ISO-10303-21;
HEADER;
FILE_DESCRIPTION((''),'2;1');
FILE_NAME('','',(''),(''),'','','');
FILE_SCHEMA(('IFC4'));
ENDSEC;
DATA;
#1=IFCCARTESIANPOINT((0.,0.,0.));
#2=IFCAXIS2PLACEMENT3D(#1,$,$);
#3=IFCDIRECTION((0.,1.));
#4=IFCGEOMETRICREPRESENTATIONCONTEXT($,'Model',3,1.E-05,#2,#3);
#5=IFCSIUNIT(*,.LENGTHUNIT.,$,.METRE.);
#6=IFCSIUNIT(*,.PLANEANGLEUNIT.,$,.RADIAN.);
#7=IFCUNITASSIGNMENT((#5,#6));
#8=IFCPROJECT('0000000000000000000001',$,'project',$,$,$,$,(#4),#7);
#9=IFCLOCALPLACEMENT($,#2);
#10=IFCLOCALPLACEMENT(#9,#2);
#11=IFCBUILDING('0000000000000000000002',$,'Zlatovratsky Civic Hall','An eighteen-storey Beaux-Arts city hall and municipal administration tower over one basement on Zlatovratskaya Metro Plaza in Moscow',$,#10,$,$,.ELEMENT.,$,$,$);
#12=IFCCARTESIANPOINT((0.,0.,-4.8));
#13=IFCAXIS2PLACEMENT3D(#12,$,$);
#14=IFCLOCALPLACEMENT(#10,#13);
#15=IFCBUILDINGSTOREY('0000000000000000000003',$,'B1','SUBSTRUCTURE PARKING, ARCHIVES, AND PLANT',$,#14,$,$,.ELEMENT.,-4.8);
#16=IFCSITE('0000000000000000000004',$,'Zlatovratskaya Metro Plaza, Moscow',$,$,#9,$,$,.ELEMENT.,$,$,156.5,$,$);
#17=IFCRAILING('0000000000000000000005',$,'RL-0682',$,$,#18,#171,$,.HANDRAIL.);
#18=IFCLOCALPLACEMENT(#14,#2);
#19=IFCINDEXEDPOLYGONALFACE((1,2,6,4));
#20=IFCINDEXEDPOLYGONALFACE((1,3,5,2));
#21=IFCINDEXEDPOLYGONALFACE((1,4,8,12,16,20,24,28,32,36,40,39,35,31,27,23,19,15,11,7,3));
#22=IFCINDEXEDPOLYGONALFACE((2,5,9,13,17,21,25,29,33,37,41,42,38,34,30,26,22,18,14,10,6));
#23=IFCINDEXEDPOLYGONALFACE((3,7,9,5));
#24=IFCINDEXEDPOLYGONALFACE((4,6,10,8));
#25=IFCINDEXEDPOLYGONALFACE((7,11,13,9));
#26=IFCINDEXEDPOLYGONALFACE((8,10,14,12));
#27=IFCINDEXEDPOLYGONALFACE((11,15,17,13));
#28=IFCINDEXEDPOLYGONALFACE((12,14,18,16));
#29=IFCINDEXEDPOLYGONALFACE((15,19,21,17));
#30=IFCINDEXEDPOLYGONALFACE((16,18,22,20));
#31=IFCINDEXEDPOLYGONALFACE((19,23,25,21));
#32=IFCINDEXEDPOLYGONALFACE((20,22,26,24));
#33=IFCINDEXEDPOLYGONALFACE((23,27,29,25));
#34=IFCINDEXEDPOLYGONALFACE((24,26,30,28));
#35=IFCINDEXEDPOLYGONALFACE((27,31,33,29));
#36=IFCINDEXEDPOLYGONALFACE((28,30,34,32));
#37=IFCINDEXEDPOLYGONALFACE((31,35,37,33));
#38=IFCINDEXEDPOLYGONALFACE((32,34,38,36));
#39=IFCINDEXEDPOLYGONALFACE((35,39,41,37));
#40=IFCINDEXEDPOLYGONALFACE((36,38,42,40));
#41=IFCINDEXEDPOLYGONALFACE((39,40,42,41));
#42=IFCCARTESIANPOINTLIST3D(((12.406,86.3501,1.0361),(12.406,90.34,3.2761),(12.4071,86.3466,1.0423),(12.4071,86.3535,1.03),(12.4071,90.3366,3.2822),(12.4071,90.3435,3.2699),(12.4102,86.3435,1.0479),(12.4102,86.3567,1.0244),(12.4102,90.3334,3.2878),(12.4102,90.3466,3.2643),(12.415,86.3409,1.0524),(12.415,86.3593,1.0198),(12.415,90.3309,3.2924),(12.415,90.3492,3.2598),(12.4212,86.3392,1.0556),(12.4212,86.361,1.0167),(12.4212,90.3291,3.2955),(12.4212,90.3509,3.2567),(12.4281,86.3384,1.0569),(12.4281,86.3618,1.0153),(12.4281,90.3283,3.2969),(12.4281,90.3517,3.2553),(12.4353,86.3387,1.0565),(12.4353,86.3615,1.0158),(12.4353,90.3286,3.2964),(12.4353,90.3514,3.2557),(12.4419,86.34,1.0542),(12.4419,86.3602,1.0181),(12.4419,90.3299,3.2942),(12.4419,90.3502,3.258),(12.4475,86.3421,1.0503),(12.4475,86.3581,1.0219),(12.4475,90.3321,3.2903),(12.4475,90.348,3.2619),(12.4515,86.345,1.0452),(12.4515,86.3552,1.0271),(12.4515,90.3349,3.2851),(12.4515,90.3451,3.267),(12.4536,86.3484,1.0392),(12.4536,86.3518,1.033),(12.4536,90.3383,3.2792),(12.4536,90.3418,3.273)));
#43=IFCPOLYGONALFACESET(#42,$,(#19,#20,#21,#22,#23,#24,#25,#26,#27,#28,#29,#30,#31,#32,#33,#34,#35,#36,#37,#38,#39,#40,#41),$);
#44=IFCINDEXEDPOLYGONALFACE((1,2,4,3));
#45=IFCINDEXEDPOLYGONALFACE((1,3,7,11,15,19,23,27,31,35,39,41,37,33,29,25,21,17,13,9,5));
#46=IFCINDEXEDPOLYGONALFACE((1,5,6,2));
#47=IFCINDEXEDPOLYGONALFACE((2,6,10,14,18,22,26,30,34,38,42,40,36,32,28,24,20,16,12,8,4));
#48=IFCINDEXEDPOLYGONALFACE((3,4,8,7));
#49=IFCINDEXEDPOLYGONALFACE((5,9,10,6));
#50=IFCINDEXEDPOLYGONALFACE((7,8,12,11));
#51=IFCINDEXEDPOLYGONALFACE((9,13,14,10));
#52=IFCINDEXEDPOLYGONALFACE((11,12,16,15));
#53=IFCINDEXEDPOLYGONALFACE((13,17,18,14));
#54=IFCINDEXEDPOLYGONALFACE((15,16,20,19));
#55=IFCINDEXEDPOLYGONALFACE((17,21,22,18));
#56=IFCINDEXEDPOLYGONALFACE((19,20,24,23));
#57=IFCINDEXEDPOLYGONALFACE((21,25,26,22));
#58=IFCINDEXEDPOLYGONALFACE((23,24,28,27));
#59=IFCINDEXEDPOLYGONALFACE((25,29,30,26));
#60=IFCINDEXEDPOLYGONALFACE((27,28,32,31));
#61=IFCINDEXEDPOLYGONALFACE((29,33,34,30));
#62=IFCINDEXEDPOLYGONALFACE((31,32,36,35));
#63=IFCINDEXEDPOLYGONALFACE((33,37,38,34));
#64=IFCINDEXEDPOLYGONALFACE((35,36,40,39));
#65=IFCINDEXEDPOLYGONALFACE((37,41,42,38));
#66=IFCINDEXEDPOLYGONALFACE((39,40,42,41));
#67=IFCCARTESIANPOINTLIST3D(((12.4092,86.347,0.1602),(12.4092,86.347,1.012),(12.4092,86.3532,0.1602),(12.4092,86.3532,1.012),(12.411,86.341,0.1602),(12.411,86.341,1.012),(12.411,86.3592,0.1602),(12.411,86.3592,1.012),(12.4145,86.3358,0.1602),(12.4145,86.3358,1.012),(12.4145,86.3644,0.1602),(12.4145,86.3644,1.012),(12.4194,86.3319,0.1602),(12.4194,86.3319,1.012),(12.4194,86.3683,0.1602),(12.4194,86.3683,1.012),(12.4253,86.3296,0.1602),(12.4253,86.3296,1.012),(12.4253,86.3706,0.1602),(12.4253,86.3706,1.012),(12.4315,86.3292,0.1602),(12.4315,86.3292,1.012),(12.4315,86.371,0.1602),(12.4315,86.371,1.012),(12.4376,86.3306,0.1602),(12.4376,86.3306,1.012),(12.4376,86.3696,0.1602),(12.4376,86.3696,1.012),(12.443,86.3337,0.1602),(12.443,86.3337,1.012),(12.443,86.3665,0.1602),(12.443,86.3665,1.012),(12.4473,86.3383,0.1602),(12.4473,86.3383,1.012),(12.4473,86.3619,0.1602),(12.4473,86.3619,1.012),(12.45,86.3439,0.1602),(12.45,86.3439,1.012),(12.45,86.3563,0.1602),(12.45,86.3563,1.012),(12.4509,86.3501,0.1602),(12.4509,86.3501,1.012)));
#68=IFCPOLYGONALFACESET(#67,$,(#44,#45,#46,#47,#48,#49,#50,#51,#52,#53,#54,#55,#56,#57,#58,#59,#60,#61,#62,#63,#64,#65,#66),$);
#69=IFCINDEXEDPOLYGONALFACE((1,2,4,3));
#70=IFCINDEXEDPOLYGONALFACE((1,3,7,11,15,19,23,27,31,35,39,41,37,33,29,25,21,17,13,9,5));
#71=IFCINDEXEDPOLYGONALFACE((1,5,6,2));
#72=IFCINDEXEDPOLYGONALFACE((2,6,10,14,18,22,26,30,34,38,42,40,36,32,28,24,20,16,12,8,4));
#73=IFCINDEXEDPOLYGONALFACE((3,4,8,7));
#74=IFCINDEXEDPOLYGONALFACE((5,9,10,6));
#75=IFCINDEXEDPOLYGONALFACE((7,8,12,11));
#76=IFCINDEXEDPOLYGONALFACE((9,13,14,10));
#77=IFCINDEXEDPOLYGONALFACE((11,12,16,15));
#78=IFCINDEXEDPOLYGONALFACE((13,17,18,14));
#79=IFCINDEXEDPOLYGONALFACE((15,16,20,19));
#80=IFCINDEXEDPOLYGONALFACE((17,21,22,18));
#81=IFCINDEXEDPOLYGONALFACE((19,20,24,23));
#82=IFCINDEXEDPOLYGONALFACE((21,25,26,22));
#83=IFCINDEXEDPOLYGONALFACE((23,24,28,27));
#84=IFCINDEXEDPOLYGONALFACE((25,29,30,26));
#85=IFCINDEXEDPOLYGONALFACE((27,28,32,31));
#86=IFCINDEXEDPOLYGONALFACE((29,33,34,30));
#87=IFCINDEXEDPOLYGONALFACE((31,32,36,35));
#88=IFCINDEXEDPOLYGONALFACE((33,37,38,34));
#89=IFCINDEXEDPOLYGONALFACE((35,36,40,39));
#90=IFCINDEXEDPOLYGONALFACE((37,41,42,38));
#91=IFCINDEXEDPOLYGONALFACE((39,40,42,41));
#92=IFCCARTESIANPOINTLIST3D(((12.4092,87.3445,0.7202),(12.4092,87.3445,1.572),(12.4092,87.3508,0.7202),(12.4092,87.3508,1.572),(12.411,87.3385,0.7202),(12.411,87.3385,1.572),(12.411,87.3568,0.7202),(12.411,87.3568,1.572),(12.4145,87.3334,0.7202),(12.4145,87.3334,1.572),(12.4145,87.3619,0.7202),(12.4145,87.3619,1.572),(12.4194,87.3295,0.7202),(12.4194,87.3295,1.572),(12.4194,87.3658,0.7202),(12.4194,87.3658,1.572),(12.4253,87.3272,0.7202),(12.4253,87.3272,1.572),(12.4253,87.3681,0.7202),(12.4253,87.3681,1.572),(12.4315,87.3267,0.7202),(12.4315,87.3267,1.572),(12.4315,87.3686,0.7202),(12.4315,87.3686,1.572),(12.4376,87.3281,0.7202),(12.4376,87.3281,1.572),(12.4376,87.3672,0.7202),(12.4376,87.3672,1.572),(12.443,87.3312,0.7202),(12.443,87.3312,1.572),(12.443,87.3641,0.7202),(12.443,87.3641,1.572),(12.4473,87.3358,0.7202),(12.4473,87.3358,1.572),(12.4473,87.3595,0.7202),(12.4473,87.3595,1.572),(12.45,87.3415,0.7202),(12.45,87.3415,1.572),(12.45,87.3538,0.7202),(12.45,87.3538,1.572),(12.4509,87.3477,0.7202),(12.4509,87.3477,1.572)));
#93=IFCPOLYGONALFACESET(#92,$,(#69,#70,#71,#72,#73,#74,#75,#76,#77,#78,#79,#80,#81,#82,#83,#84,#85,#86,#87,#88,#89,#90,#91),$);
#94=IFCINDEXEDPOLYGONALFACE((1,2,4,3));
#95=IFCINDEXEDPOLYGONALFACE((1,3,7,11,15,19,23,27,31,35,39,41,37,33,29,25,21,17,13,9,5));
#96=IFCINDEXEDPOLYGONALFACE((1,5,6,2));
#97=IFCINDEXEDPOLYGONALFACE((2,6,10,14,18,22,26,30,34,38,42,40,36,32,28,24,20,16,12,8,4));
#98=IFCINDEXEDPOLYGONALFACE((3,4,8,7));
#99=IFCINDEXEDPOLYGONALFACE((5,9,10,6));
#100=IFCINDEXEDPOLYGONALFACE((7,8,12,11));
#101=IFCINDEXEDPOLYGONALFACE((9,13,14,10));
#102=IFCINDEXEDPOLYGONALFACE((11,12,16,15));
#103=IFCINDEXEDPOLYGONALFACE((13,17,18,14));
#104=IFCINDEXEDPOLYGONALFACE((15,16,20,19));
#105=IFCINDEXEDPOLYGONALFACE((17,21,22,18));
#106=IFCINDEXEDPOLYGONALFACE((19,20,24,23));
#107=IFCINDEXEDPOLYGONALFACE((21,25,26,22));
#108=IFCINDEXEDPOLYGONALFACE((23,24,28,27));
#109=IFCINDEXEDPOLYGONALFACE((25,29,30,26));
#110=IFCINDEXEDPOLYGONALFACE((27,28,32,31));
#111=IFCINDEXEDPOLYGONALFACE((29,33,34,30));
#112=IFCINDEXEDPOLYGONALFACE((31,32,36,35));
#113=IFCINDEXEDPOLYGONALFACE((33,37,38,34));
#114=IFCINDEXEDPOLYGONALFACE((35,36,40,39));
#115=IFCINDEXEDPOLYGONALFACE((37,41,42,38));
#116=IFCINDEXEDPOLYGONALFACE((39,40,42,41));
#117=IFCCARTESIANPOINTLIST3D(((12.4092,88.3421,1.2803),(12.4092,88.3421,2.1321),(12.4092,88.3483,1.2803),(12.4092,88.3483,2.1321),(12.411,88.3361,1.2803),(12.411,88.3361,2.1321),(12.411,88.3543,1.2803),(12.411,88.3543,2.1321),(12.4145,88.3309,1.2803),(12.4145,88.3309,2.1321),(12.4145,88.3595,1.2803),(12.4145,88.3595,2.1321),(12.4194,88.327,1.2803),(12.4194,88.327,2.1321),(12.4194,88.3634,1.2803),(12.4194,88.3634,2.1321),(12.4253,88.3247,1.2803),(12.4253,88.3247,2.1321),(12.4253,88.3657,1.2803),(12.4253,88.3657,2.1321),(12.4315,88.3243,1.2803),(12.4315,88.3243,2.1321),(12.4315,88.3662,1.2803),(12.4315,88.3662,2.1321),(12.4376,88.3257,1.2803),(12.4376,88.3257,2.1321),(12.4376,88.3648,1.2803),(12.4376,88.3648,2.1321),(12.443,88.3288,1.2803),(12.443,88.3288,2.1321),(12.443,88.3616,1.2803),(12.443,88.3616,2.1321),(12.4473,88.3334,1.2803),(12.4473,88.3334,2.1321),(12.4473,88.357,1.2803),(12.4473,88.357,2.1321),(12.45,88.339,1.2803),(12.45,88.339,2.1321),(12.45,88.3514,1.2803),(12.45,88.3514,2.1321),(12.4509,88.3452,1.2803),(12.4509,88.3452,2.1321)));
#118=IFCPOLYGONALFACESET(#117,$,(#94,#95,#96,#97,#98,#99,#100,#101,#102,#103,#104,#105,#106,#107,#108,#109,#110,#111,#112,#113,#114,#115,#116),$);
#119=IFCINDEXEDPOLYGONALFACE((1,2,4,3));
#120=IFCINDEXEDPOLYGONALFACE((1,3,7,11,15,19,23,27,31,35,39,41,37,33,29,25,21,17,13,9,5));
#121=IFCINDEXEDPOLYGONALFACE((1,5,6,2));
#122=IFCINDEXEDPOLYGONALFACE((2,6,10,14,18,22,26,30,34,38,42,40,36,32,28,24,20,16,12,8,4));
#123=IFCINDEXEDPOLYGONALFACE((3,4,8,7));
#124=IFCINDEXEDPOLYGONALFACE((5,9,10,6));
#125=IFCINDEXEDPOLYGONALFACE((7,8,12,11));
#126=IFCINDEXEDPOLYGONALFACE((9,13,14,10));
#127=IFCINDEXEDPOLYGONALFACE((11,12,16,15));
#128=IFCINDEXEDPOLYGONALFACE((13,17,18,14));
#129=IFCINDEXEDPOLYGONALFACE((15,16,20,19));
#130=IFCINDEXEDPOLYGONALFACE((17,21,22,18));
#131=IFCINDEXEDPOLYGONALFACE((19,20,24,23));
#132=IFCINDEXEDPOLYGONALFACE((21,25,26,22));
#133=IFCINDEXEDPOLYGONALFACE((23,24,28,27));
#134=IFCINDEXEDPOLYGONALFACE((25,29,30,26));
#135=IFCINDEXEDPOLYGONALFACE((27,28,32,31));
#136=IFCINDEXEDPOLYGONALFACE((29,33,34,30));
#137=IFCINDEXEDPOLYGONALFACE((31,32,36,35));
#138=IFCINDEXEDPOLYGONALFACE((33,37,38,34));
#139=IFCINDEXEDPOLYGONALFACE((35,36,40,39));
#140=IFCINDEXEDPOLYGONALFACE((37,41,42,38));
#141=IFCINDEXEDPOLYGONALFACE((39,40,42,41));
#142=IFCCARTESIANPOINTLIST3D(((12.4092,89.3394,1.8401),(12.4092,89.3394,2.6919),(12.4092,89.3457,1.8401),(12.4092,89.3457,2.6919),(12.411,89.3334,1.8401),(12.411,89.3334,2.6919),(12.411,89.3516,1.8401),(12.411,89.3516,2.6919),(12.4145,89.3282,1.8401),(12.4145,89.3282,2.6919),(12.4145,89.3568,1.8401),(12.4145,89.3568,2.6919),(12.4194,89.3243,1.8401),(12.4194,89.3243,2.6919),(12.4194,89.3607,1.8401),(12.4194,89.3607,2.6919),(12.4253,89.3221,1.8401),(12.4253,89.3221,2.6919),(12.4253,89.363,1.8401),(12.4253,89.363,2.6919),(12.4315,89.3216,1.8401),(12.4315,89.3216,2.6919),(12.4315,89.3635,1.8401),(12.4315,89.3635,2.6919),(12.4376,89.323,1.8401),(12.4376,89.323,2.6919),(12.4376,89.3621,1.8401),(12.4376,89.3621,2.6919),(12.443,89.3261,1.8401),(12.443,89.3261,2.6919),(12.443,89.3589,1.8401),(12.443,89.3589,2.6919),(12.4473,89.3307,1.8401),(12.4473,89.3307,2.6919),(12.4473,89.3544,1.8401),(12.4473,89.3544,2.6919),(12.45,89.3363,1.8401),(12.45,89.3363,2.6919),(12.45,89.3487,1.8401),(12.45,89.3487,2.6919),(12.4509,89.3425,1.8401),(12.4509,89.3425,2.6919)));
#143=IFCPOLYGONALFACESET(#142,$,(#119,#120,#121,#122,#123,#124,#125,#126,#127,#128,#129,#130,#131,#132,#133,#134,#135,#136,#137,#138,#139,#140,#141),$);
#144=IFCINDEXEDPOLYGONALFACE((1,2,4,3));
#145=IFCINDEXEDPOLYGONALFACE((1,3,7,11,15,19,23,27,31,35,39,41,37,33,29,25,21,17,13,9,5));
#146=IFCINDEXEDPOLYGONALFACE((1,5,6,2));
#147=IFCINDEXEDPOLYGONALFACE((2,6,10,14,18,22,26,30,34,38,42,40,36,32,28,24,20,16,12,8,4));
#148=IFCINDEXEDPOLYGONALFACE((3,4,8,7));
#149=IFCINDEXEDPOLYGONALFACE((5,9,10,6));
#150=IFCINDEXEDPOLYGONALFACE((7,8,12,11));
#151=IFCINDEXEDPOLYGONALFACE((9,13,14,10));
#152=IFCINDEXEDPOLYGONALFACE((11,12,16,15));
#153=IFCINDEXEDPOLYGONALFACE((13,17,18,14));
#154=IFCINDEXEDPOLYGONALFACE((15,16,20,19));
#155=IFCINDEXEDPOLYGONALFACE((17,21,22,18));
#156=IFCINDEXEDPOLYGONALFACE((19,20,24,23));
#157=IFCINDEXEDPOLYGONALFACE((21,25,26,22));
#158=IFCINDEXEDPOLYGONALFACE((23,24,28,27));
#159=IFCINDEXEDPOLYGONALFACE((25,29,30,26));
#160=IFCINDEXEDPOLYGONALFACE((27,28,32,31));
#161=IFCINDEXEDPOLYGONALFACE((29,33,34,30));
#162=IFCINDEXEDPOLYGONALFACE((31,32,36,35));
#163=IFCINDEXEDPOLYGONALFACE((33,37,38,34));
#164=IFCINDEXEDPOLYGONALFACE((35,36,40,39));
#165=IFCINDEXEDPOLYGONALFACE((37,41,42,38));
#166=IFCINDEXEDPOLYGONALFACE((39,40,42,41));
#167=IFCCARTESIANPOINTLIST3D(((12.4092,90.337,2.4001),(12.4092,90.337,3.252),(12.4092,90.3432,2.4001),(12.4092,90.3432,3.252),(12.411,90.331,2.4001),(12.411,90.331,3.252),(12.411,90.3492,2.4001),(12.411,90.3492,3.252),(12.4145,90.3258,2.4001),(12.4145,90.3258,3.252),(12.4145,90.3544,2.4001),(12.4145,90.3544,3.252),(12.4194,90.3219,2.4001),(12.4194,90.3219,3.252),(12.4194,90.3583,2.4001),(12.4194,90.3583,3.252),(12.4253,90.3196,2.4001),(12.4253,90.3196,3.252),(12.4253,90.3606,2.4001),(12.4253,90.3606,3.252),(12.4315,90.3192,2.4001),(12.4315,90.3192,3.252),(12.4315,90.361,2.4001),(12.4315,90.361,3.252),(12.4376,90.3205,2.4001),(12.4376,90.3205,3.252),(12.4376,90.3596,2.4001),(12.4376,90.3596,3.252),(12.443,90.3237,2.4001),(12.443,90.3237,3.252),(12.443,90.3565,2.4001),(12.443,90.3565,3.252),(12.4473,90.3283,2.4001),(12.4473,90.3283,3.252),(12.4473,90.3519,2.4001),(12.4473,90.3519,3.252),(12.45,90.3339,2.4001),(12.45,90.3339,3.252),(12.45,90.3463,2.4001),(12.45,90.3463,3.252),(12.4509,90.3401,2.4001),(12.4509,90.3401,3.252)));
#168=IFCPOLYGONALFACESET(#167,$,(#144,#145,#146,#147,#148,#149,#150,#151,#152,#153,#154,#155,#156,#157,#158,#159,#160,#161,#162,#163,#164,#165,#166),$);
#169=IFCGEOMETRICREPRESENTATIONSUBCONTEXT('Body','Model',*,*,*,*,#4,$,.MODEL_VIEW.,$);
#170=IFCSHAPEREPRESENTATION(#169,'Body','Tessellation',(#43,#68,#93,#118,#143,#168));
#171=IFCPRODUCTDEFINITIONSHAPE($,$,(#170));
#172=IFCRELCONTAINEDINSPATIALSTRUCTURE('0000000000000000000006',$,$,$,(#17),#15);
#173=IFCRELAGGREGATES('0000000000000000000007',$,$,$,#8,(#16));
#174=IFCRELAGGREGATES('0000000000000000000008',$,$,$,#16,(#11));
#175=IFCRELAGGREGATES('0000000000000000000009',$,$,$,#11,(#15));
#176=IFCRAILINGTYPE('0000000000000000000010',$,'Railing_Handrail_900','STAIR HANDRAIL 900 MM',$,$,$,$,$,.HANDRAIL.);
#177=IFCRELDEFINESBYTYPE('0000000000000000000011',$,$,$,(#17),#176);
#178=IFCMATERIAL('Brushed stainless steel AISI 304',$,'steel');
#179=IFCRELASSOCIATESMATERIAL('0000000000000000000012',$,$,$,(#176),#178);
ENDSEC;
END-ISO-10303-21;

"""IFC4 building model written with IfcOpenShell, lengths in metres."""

from ifc_helpers import new_model, si_unit, direction, frame, origin, origin_2d, place, context, subcontext, project, spatial, circle, extrude, material, type_object, element, save


model = new_model("IFC4")

# Units and contexts
model_context = context("Model", 3, precision=1e-05, world=origin(), true_north=direction((0.0, 1.0)))
body_context = subcontext(model_context, "Body", "Model", "MODEL_VIEW")
ifc_project = project(units=[si_unit("LENGTHUNIT", "METRE"), si_unit("PLANEANGLEUNIT", "RADIAN")], contexts=[model_context])

# Site, building, storey
site_placement = place(None, origin())
site = spatial("IfcSite", under=ifc_project, at=site_placement, Name="Zlatovratskaya Metro Plaza, Moscow", CompositionType="ELEMENT", RefElevation=156.5)
building_placement = place(site_placement, origin())
building = spatial("IfcBuilding", under=site, at=building_placement, Name="Zlatovratsky Civic Hall", Description="An eighteen-storey Beaux-Arts city hall and municipal administration tower over one basement on Zlatovratskaya Metro Plaza in Moscow", CompositionType="ELEMENT")
storey_placement = place(building_placement, frame((0.0, 0.0, -4.8)))
storey = spatial("IfcBuildingStorey", under=building, at=storey_placement, Name="B1", Description="SUBSTRUCTURE PARKING, ARCHIVES, AND PLANT", CompositionType="ELEMENT", Elevation=-4.8)

# Railing
ifc_material_1 = material(Name="Brushed stainless steel AISI 304", Category="steel")
railing_type_1 = type_object("IfcRailingType", Name="Railing_Handrail_900", Description="STAIR HANDRAIL 900 MM", PredefinedType="HANDRAIL", material=ifc_material_1)
railing_1_placement = place(storey_placement, frame((12.4299, 86.3501, 0.1602)))
element("IfcRailing", 1, at=railing_1_placement, inside=storey, type_object=railing_type_1, Name="RL-0682", PredefinedType="HANDRAIL", context=body_context, shape_type="SweptSolid", body=[
    extrude(circle(Radius=0.0239, at=origin_2d()), frame((0.0, 0.0, 0.876), z_axis=(0.0, 0.871984, 0.489534), x_axis=(-1.0, 0.0, 0.0)), (0.0, 0.0, 1.0), 4.5757),
    extrude(circle(Radius=0.021, at=origin_2d()), origin(), (0.0, 0.0, 1.0), 0.8518),
    extrude(circle(Radius=0.021, at=origin_2d()), frame((0.0, 0.9976, 0.5601)), (0.0, 0.0, 1.0), 0.8518),
    extrude(circle(Radius=0.021, at=origin_2d()), frame((0.0, 1.9951, 1.1201)), (0.0, 0.0, 1.0), 0.8518),
    extrude(circle(Radius=0.021, at=origin_2d()), frame((0.0, 2.9924, 1.6799)), (0.0, 0.0, 1.0), 0.8518),
    extrude(circle(Radius=0.021, at=origin_2d()), frame((0.0, 3.99, 2.24)), (0.0, 0.0, 1.0), 0.8518),
])

save(model, "model.ifc")
